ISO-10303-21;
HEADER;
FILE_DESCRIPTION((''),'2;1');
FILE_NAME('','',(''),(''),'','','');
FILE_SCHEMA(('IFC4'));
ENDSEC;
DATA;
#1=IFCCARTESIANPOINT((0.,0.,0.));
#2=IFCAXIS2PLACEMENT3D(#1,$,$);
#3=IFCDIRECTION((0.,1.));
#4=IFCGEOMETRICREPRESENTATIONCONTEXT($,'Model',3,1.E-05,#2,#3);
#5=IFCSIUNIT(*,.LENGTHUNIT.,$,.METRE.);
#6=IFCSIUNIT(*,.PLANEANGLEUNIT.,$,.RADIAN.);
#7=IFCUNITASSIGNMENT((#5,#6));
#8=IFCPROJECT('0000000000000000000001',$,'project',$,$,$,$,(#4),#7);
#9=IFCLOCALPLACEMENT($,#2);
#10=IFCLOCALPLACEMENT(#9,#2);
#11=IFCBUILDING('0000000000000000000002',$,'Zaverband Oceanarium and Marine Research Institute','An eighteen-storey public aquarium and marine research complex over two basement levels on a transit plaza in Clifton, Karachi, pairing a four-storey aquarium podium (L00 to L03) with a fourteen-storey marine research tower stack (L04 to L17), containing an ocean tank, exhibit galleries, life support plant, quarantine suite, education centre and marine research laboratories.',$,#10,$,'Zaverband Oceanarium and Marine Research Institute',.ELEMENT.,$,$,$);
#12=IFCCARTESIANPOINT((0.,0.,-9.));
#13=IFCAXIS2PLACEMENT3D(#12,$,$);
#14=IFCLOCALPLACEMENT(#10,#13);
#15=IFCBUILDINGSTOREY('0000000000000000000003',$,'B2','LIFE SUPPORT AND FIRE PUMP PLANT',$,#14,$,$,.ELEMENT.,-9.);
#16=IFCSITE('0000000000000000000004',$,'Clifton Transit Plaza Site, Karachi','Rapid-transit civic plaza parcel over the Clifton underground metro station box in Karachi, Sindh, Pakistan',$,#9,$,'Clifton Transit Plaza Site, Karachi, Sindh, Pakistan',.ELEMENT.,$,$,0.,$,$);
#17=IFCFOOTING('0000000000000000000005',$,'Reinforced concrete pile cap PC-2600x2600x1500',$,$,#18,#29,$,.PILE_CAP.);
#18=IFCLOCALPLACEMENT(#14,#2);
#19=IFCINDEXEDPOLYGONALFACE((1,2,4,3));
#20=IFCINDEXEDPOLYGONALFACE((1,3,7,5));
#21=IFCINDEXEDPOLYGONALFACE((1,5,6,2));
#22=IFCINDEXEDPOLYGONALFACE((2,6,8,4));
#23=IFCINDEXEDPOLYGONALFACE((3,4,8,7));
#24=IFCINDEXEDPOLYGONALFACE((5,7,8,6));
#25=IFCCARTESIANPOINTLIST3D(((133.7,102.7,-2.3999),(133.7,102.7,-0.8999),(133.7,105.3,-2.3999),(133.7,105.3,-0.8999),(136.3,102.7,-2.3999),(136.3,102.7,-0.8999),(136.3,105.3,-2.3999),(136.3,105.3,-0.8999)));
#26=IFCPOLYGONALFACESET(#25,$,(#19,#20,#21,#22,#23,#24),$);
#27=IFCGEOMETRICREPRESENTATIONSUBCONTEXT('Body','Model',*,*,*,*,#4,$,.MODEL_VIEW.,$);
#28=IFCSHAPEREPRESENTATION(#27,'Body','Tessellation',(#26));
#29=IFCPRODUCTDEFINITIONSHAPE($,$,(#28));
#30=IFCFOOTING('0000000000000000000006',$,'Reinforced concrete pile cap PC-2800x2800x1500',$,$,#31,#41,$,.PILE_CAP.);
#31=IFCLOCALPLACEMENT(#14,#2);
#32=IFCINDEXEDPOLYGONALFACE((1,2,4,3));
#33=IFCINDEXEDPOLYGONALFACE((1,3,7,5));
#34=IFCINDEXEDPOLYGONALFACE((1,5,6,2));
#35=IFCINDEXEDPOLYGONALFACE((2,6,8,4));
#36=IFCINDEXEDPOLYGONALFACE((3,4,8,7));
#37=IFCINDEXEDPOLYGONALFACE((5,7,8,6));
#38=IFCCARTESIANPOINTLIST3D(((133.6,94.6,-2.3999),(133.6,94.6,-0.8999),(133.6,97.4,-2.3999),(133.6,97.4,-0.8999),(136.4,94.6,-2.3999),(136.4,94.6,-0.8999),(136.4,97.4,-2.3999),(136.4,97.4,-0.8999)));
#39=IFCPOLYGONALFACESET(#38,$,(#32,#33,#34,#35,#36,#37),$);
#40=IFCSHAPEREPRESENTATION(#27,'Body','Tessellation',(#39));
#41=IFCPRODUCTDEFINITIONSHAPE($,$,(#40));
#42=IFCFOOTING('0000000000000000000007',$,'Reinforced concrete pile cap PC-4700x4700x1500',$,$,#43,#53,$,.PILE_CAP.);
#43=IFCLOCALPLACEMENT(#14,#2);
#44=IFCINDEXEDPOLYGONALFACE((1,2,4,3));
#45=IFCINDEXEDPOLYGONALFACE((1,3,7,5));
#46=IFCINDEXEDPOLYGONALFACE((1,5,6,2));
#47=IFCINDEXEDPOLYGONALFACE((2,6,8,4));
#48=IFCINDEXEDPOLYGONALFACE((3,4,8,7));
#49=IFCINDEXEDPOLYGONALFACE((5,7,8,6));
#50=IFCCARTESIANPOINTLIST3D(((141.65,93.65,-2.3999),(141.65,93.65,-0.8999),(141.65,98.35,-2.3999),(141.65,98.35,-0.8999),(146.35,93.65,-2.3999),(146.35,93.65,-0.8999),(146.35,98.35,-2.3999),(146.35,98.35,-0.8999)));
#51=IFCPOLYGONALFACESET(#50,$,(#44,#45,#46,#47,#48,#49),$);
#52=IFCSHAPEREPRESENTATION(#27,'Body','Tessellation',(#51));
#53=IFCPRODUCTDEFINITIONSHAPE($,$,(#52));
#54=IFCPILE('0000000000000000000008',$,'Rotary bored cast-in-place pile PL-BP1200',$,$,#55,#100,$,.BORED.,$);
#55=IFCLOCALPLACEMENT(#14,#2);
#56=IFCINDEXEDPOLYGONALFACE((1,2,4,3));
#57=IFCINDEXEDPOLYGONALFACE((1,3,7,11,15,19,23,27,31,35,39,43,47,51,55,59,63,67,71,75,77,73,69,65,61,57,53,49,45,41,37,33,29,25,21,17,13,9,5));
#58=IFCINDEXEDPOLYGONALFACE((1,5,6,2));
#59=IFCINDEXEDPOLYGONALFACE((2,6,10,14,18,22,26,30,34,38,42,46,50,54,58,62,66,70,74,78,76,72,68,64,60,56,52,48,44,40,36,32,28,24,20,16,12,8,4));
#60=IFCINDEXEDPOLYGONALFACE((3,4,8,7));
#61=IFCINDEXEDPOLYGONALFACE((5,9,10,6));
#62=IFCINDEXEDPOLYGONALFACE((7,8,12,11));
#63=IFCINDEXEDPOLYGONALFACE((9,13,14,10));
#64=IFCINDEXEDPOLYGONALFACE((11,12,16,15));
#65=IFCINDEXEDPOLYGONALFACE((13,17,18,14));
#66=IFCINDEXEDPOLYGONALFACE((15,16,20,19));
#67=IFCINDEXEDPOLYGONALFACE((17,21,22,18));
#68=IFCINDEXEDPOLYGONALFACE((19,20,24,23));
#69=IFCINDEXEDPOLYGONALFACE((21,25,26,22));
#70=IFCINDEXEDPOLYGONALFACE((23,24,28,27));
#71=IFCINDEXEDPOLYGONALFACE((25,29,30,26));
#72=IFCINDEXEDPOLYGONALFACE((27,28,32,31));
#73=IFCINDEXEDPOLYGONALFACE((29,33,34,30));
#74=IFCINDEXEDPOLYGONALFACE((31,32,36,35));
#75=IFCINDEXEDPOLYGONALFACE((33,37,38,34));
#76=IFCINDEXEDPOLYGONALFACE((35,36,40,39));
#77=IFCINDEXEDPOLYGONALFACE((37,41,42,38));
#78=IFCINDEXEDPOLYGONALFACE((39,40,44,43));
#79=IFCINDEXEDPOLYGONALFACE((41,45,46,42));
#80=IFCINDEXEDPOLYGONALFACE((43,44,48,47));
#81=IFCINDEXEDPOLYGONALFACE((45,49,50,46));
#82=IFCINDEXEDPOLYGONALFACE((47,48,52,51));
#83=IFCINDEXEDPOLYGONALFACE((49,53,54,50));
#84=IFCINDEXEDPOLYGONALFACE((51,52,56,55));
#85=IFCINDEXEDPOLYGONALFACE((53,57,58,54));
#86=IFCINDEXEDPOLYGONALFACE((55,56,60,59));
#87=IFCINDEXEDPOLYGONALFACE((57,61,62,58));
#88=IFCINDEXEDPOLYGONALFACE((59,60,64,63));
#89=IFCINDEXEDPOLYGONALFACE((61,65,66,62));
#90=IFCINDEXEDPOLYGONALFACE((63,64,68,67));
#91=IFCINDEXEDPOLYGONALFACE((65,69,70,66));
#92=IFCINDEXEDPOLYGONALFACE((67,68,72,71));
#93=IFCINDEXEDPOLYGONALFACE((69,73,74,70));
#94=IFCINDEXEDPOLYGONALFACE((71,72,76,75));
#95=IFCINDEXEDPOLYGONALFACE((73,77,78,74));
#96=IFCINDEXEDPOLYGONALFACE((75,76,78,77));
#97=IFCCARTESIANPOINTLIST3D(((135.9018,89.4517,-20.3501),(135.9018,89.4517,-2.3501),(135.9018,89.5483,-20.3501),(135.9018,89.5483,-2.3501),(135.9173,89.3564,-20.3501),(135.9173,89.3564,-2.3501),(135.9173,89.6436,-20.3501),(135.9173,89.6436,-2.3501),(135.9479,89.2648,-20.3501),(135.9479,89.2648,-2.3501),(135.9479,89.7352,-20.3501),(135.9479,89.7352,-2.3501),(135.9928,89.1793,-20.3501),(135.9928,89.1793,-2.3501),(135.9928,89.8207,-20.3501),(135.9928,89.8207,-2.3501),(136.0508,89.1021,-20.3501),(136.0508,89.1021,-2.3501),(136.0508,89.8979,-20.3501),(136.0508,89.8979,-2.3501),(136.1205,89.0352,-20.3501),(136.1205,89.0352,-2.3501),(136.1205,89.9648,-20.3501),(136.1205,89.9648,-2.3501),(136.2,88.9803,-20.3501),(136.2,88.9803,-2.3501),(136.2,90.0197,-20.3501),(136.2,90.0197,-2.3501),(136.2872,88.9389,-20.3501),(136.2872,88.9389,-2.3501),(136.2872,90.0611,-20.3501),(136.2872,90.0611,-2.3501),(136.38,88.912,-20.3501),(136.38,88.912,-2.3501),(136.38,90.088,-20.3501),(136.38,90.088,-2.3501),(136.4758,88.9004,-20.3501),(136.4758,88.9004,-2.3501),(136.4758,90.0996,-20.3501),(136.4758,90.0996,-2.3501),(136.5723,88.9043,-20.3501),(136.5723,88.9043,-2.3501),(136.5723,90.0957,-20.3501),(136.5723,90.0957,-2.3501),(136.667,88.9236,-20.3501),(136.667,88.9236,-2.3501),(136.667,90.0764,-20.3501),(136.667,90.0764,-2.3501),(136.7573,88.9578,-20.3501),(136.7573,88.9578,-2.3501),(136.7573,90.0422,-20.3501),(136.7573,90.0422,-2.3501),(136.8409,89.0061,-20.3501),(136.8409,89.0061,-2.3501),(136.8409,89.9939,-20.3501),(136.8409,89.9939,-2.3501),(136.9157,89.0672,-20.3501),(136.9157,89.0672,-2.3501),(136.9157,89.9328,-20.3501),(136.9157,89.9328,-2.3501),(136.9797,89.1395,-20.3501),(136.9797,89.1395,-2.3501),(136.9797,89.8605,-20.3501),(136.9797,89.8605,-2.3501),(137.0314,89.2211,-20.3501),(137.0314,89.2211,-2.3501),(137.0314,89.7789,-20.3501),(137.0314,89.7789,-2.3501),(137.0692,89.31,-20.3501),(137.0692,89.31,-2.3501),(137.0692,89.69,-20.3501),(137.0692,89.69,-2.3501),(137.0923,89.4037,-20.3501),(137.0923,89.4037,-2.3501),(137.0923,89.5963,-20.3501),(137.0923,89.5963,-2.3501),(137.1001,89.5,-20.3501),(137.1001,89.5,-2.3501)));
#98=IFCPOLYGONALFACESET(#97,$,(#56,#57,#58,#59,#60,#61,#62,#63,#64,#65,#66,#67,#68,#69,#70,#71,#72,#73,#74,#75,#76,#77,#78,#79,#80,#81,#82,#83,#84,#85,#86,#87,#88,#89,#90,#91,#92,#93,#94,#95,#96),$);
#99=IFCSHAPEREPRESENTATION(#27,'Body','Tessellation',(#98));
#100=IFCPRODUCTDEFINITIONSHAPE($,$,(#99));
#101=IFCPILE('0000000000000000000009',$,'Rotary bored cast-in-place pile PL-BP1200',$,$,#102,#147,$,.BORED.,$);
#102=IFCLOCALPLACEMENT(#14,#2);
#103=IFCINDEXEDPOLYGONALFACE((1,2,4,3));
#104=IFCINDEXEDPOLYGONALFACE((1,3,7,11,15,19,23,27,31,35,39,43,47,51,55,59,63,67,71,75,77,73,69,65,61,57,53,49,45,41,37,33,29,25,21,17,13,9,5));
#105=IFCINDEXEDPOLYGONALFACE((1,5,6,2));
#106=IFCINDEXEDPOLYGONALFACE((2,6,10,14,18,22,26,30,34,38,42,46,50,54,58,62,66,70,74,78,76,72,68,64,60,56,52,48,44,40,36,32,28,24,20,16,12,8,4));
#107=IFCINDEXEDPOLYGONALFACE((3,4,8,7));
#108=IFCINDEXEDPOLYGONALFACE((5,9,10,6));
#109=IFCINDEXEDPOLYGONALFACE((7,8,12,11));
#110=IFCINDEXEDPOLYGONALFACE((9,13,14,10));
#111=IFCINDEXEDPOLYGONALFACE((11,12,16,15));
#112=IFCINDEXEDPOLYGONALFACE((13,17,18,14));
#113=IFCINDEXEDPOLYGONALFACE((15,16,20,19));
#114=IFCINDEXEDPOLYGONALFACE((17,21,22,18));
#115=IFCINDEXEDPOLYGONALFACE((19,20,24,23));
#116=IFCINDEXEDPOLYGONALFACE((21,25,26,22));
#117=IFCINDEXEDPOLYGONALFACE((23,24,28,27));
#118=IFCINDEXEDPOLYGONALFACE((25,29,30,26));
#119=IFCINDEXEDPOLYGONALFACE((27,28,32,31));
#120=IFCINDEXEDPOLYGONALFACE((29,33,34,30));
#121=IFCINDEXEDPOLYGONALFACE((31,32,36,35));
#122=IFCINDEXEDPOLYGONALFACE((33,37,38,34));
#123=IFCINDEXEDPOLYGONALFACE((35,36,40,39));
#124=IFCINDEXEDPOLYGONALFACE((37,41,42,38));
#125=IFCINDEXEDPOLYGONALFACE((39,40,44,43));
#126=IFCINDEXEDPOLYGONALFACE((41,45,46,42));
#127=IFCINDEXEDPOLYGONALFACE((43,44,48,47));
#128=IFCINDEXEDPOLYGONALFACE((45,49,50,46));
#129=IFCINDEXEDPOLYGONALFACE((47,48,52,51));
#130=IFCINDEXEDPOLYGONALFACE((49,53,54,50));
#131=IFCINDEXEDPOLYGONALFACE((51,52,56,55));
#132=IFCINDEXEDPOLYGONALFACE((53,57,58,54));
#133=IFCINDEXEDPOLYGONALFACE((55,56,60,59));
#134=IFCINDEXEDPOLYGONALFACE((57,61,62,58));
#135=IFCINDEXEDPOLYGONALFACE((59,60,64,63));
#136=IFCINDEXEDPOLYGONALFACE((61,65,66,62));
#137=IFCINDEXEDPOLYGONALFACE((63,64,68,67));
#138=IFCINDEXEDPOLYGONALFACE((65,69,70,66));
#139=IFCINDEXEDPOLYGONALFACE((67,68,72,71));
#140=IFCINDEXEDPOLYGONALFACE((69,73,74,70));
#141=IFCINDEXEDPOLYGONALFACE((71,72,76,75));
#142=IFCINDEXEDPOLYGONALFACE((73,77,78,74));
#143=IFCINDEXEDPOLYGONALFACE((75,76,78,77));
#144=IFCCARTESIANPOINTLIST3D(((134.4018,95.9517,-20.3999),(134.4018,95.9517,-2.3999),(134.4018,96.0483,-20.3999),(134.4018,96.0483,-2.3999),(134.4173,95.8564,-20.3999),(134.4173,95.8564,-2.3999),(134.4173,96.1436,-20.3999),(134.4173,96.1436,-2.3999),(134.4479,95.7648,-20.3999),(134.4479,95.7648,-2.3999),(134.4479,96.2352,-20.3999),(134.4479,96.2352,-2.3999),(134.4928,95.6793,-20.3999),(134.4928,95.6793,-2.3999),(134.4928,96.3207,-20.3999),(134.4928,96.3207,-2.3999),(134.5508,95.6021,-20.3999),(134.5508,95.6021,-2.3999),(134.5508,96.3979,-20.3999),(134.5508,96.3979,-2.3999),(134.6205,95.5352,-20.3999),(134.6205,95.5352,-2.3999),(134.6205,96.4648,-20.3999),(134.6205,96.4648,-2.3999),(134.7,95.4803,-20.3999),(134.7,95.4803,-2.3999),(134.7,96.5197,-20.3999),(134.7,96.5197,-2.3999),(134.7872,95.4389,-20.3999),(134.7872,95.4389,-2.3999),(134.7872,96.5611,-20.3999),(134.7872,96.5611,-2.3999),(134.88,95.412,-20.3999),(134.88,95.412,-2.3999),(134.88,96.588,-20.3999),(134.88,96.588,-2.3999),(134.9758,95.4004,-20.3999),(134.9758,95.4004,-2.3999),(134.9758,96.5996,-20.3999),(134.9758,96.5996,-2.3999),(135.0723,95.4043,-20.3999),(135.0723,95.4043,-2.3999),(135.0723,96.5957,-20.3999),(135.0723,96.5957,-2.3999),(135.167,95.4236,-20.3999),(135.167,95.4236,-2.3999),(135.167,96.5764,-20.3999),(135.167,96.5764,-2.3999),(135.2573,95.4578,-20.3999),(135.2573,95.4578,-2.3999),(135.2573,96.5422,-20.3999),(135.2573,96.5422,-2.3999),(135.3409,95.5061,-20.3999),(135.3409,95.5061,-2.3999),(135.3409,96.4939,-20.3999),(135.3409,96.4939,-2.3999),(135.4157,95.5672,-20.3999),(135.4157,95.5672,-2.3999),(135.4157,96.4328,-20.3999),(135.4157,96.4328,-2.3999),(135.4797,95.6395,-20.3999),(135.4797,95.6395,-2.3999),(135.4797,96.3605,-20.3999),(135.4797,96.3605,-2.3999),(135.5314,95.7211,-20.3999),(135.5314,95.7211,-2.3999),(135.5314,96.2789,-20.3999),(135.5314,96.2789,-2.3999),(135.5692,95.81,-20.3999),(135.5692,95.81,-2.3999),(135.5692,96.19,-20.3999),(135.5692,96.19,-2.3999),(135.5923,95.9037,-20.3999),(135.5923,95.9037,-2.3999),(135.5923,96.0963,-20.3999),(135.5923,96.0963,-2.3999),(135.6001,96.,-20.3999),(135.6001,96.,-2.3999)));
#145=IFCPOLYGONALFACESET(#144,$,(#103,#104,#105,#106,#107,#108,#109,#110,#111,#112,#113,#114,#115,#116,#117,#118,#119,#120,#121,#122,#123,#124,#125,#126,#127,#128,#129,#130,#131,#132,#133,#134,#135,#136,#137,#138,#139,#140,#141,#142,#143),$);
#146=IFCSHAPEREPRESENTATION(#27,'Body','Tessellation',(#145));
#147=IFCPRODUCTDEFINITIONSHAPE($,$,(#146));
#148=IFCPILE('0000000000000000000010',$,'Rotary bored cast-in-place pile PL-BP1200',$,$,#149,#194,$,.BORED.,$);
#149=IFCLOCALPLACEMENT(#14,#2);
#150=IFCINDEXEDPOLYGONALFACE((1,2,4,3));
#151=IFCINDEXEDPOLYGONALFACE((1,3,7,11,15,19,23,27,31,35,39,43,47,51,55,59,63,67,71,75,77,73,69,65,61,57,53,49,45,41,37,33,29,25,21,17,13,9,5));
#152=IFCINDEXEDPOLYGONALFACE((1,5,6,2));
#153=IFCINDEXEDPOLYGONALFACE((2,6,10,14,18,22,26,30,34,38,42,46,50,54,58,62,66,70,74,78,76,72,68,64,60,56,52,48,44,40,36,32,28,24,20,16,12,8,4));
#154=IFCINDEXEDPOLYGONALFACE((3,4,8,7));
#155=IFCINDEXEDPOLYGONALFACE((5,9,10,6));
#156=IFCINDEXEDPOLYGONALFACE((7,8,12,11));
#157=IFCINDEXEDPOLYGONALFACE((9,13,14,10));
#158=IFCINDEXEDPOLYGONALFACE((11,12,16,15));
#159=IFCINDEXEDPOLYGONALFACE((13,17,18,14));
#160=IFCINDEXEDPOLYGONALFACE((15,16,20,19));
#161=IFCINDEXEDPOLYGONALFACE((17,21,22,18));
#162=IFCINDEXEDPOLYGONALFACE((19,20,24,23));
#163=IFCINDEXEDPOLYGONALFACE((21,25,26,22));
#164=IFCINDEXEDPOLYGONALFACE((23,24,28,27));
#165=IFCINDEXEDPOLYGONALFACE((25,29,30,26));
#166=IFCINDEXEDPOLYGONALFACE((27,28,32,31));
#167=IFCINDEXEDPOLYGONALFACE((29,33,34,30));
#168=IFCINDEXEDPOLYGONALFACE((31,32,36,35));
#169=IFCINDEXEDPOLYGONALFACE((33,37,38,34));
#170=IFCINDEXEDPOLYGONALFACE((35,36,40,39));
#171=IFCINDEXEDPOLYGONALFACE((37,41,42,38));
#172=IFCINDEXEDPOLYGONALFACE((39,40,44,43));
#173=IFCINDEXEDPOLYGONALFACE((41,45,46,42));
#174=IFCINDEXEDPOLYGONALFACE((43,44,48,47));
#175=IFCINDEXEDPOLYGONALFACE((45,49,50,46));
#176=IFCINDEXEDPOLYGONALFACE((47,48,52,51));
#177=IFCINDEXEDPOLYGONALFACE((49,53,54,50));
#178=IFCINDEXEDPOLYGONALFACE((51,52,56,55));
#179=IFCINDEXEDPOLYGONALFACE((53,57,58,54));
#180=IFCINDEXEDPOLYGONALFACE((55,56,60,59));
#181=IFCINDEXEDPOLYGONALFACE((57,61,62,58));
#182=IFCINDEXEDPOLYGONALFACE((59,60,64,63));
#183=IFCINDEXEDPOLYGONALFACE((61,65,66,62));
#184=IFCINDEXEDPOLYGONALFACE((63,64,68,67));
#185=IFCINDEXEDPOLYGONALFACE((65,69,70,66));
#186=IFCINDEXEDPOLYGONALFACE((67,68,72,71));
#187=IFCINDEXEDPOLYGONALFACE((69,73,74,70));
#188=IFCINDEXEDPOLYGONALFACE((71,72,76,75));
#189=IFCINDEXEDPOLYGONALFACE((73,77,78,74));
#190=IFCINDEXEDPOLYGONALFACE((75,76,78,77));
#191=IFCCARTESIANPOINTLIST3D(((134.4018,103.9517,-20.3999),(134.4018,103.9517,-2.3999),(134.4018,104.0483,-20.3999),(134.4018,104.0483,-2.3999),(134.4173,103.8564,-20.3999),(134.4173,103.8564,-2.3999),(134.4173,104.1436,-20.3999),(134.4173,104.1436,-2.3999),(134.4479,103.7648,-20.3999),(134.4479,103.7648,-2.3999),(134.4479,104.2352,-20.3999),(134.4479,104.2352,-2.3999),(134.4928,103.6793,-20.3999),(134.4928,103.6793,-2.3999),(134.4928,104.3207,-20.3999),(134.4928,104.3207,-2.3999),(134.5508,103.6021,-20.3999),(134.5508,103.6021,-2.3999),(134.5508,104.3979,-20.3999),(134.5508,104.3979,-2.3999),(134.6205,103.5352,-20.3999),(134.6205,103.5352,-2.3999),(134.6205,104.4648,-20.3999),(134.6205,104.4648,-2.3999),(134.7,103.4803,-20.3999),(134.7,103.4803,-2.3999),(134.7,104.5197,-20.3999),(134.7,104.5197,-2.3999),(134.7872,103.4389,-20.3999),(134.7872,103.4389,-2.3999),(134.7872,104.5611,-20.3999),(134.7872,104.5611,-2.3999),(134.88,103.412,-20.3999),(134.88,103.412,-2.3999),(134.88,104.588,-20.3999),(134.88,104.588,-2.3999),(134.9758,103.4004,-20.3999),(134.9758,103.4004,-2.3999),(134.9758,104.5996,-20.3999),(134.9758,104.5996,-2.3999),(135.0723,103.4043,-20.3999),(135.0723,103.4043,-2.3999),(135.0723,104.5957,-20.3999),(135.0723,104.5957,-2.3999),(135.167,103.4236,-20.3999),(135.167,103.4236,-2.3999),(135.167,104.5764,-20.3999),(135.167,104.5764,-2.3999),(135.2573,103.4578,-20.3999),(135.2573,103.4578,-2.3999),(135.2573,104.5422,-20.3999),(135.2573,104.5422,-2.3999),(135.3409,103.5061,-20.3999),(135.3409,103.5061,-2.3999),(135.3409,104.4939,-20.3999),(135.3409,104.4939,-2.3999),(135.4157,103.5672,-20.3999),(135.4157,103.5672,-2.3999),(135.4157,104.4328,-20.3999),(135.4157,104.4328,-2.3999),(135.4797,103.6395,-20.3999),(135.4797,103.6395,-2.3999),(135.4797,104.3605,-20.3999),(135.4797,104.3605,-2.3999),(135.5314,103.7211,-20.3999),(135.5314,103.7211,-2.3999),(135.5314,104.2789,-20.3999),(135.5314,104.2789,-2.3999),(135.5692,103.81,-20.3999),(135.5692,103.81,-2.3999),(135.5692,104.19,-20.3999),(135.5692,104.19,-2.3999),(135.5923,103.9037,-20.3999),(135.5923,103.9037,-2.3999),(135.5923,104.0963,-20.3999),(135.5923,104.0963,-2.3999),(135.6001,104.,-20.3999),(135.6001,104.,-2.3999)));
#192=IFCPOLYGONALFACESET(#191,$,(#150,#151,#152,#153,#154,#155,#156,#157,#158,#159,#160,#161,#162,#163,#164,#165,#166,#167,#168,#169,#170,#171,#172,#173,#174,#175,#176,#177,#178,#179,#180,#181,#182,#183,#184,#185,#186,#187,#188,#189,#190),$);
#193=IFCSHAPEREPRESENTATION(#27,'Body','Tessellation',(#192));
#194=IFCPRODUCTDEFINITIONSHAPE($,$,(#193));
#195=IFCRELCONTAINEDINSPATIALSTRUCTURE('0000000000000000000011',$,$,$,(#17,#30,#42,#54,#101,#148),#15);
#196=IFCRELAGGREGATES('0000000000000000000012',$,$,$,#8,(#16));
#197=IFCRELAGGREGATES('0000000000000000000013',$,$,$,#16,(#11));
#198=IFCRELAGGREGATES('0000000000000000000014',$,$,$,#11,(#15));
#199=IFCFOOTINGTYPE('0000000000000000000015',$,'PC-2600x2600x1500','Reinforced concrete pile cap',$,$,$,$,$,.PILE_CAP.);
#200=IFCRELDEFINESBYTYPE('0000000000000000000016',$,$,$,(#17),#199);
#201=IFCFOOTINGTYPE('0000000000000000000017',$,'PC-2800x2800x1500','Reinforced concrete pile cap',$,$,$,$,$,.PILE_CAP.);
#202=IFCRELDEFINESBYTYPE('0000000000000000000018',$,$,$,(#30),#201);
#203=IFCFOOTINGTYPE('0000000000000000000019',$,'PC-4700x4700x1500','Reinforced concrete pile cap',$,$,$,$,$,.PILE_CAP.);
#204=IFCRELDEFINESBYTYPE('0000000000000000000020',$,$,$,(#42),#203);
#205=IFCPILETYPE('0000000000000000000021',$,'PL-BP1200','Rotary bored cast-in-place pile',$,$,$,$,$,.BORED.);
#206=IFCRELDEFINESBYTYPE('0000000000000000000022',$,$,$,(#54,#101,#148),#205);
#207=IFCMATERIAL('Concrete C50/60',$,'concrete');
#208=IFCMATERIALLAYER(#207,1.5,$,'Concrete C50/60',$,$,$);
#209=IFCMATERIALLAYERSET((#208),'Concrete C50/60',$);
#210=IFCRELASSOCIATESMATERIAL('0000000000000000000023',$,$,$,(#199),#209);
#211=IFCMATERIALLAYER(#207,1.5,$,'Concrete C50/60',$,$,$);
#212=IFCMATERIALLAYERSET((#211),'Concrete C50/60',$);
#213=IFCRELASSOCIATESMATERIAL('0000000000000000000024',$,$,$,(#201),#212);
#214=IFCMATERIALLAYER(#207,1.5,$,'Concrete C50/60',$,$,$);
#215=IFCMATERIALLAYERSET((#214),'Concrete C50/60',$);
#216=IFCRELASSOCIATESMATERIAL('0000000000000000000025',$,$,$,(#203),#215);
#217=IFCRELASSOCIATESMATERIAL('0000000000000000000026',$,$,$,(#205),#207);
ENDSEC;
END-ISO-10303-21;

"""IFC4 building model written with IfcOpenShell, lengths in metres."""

from ifc_helpers import new_model, si_unit, direction, frame, origin, origin_2d, place, context, subcontext, project, spatial, rectangle, circle, extrude, material, layer, layer_set, material_profile, profile_set, type_object, element, save


model = new_model("IFC4")

# Units and contexts
model_context = context("Model", 3, precision=1e-05, world=origin(), true_north=direction((0.0, 1.0)))
body_context = subcontext(model_context, "Body", "Model", "MODEL_VIEW")
ifc_project = project(units=[si_unit("LENGTHUNIT", "METRE"), si_unit("PLANEANGLEUNIT", "RADIAN")], contexts=[model_context])

# Site, building, storey
site_placement = place(None, origin())
site = spatial("IfcSite", under=ifc_project, at=site_placement, Name="Clifton Transit Plaza Site, Karachi", Description="Rapid-transit civic plaza parcel over the Clifton underground metro station box in Karachi, Sindh, Pakistan", LongName="Clifton Transit Plaza Site, Karachi, Sindh, Pakistan", CompositionType="ELEMENT", RefElevation=0.0)
building_placement = place(site_placement, origin())
building = spatial("IfcBuilding", under=site, at=building_placement, Name="Zaverband Oceanarium and Marine Research Institute", Description="An eighteen-storey public aquarium and marine research complex over two basement levels on a transit plaza in Clifton, Karachi, pairing a four-storey aquarium podium (L00 to L03) with a fourteen-storey marine research tower stack (L04 to L17), containing an ocean tank, exhibit galleries, life support plant, quarantine suite, education centre and marine research laboratories.", LongName="Zaverband Oceanarium and Marine Research Institute", CompositionType="ELEMENT")
storey_placement = place(building_placement, frame((0.0, 0.0, -9.0)))
storey = spatial("IfcBuildingStorey", under=building, at=storey_placement, Name="B2", Description="LIFE SUPPORT AND FIRE PUMP PLANT", CompositionType="ELEMENT", Elevation=-9.0)

# Footings
ifc_material_1 = material(Name="Concrete C50/60", Category="concrete")
ifc_layer_1 = layer(ifc_material_1, 1.5, Name="Concrete C50/60")
ifc_layer_set_1 = layer_set([ifc_layer_1], Name="Concrete C50/60")
footing_type_1 = type_object("IfcFootingType", Name="PC-2600x2600x1500", Description="Reinforced concrete pile cap", PredefinedType="PILE_CAP", material=ifc_layer_set_1)
footing_1_placement = place(storey_placement, frame((135.0, 104.0, -2.3999), z_axis=(0.0, 0.0, 1.0), x_axis=(1.0, 0.0, 0.0)))
element("IfcFooting", 1, at=footing_1_placement, inside=storey, type_object=footing_type_1, Name="Reinforced concrete pile cap PC-2600x2600x1500", PredefinedType="PILE_CAP", context=body_context, shape_type="SweptSolid", body=[
    extrude(rectangle(XDim=2.6001, YDim=2.6001, at=origin_2d()), origin(), (0.0, 0.0, 1.0), 1.5),
])
ifc_layer_2 = layer(ifc_material_1, 1.5, Name="Concrete C50/60")
ifc_layer_set_2 = layer_set([ifc_layer_2], Name="Concrete C50/60")
footing_type_2 = type_object("IfcFootingType", Name="PC-2800x2800x1500", Description="Reinforced concrete pile cap", PredefinedType="PILE_CAP", material=ifc_layer_set_2)
footing_2_placement = place(storey_placement, frame((135.0, 96.0, -2.3999), z_axis=(0.0, 0.0, 1.0), x_axis=(1.0, 0.0, 0.0)))
element("IfcFooting", 2, at=footing_2_placement, inside=storey, type_object=footing_type_2, Name="Reinforced concrete pile cap PC-2800x2800x1500", PredefinedType="PILE_CAP", context=body_context, shape_type="SweptSolid", body=[
    extrude(rectangle(XDim=2.8, YDim=2.8, at=origin_2d()), origin(), (0.0, 0.0, 1.0), 1.5),
])
ifc_layer_3 = layer(ifc_material_1, 1.5, Name="Concrete C50/60")
ifc_layer_set_3 = layer_set([ifc_layer_3], Name="Concrete C50/60")
footing_type_3 = type_object("IfcFootingType", Name="PC-4700x4700x1500", Description="Reinforced concrete pile cap", PredefinedType="PILE_CAP", material=ifc_layer_set_3)
footing_3_placement = place(storey_placement, frame((144.0, 96.0, -2.3999), z_axis=(0.0, 0.0, 1.0), x_axis=(1.0, 0.0, 0.0)))
element("IfcFooting", 3, at=footing_3_placement, inside=storey, type_object=footing_type_3, Name="Reinforced concrete pile cap PC-4700x4700x1500", PredefinedType="PILE_CAP", context=body_context, shape_type="SweptSolid", body=[
    extrude(rectangle(XDim=4.7, YDim=4.7, at=origin_2d()), origin(), (0.0, 0.0, 1.0), 1.5),
])

# Piles
ifc_material_profile_1 = material_profile(ifc_material_1, circle(Radius=0.6001, at=origin_2d()), Name="BP1200")
ifc_profile_set_1 = profile_set([ifc_material_profile_1], Name="Concrete C50/60")
pile_type = type_object("IfcPileType", Name="PL-BP1200", Description="Rotary bored cast-in-place pile", PredefinedType="BORED", material=ifc_profile_set_1)
for number, where, z_axis, x_axis, name in (
    (4, (136.5, 89.5, -2.3501), (0.0, 0.0, -1.0), (1.0, 0.0, 0.0), "Rotary bored cast-in-place pile PL-BP1200"),
    (5, (135.0, 96.0, -2.3999), (0.0, 0.0, -1.0), (1.0, 0.0, 0.0), "Rotary bored cast-in-place pile PL-BP1200"),
    (6, (135.0, 104.0, -2.3999), (0.0, 0.0, -1.0), (1.0, 0.0, 0.0), "Rotary bored cast-in-place pile PL-BP1200"),
):
    element("IfcPile", number, at=place(storey_placement, frame(where, z_axis=z_axis, x_axis=x_axis)), inside=storey, type_object=pile_type, Name=name, PredefinedType="BORED", context=body_context, shape_type="SweptSolid", body=[
        extrude(circle(Radius=0.6001, at=origin_2d()), origin(), (0.0, 0.0, 1.0), 18.0),
    ])

save(model, "model.ifc")
